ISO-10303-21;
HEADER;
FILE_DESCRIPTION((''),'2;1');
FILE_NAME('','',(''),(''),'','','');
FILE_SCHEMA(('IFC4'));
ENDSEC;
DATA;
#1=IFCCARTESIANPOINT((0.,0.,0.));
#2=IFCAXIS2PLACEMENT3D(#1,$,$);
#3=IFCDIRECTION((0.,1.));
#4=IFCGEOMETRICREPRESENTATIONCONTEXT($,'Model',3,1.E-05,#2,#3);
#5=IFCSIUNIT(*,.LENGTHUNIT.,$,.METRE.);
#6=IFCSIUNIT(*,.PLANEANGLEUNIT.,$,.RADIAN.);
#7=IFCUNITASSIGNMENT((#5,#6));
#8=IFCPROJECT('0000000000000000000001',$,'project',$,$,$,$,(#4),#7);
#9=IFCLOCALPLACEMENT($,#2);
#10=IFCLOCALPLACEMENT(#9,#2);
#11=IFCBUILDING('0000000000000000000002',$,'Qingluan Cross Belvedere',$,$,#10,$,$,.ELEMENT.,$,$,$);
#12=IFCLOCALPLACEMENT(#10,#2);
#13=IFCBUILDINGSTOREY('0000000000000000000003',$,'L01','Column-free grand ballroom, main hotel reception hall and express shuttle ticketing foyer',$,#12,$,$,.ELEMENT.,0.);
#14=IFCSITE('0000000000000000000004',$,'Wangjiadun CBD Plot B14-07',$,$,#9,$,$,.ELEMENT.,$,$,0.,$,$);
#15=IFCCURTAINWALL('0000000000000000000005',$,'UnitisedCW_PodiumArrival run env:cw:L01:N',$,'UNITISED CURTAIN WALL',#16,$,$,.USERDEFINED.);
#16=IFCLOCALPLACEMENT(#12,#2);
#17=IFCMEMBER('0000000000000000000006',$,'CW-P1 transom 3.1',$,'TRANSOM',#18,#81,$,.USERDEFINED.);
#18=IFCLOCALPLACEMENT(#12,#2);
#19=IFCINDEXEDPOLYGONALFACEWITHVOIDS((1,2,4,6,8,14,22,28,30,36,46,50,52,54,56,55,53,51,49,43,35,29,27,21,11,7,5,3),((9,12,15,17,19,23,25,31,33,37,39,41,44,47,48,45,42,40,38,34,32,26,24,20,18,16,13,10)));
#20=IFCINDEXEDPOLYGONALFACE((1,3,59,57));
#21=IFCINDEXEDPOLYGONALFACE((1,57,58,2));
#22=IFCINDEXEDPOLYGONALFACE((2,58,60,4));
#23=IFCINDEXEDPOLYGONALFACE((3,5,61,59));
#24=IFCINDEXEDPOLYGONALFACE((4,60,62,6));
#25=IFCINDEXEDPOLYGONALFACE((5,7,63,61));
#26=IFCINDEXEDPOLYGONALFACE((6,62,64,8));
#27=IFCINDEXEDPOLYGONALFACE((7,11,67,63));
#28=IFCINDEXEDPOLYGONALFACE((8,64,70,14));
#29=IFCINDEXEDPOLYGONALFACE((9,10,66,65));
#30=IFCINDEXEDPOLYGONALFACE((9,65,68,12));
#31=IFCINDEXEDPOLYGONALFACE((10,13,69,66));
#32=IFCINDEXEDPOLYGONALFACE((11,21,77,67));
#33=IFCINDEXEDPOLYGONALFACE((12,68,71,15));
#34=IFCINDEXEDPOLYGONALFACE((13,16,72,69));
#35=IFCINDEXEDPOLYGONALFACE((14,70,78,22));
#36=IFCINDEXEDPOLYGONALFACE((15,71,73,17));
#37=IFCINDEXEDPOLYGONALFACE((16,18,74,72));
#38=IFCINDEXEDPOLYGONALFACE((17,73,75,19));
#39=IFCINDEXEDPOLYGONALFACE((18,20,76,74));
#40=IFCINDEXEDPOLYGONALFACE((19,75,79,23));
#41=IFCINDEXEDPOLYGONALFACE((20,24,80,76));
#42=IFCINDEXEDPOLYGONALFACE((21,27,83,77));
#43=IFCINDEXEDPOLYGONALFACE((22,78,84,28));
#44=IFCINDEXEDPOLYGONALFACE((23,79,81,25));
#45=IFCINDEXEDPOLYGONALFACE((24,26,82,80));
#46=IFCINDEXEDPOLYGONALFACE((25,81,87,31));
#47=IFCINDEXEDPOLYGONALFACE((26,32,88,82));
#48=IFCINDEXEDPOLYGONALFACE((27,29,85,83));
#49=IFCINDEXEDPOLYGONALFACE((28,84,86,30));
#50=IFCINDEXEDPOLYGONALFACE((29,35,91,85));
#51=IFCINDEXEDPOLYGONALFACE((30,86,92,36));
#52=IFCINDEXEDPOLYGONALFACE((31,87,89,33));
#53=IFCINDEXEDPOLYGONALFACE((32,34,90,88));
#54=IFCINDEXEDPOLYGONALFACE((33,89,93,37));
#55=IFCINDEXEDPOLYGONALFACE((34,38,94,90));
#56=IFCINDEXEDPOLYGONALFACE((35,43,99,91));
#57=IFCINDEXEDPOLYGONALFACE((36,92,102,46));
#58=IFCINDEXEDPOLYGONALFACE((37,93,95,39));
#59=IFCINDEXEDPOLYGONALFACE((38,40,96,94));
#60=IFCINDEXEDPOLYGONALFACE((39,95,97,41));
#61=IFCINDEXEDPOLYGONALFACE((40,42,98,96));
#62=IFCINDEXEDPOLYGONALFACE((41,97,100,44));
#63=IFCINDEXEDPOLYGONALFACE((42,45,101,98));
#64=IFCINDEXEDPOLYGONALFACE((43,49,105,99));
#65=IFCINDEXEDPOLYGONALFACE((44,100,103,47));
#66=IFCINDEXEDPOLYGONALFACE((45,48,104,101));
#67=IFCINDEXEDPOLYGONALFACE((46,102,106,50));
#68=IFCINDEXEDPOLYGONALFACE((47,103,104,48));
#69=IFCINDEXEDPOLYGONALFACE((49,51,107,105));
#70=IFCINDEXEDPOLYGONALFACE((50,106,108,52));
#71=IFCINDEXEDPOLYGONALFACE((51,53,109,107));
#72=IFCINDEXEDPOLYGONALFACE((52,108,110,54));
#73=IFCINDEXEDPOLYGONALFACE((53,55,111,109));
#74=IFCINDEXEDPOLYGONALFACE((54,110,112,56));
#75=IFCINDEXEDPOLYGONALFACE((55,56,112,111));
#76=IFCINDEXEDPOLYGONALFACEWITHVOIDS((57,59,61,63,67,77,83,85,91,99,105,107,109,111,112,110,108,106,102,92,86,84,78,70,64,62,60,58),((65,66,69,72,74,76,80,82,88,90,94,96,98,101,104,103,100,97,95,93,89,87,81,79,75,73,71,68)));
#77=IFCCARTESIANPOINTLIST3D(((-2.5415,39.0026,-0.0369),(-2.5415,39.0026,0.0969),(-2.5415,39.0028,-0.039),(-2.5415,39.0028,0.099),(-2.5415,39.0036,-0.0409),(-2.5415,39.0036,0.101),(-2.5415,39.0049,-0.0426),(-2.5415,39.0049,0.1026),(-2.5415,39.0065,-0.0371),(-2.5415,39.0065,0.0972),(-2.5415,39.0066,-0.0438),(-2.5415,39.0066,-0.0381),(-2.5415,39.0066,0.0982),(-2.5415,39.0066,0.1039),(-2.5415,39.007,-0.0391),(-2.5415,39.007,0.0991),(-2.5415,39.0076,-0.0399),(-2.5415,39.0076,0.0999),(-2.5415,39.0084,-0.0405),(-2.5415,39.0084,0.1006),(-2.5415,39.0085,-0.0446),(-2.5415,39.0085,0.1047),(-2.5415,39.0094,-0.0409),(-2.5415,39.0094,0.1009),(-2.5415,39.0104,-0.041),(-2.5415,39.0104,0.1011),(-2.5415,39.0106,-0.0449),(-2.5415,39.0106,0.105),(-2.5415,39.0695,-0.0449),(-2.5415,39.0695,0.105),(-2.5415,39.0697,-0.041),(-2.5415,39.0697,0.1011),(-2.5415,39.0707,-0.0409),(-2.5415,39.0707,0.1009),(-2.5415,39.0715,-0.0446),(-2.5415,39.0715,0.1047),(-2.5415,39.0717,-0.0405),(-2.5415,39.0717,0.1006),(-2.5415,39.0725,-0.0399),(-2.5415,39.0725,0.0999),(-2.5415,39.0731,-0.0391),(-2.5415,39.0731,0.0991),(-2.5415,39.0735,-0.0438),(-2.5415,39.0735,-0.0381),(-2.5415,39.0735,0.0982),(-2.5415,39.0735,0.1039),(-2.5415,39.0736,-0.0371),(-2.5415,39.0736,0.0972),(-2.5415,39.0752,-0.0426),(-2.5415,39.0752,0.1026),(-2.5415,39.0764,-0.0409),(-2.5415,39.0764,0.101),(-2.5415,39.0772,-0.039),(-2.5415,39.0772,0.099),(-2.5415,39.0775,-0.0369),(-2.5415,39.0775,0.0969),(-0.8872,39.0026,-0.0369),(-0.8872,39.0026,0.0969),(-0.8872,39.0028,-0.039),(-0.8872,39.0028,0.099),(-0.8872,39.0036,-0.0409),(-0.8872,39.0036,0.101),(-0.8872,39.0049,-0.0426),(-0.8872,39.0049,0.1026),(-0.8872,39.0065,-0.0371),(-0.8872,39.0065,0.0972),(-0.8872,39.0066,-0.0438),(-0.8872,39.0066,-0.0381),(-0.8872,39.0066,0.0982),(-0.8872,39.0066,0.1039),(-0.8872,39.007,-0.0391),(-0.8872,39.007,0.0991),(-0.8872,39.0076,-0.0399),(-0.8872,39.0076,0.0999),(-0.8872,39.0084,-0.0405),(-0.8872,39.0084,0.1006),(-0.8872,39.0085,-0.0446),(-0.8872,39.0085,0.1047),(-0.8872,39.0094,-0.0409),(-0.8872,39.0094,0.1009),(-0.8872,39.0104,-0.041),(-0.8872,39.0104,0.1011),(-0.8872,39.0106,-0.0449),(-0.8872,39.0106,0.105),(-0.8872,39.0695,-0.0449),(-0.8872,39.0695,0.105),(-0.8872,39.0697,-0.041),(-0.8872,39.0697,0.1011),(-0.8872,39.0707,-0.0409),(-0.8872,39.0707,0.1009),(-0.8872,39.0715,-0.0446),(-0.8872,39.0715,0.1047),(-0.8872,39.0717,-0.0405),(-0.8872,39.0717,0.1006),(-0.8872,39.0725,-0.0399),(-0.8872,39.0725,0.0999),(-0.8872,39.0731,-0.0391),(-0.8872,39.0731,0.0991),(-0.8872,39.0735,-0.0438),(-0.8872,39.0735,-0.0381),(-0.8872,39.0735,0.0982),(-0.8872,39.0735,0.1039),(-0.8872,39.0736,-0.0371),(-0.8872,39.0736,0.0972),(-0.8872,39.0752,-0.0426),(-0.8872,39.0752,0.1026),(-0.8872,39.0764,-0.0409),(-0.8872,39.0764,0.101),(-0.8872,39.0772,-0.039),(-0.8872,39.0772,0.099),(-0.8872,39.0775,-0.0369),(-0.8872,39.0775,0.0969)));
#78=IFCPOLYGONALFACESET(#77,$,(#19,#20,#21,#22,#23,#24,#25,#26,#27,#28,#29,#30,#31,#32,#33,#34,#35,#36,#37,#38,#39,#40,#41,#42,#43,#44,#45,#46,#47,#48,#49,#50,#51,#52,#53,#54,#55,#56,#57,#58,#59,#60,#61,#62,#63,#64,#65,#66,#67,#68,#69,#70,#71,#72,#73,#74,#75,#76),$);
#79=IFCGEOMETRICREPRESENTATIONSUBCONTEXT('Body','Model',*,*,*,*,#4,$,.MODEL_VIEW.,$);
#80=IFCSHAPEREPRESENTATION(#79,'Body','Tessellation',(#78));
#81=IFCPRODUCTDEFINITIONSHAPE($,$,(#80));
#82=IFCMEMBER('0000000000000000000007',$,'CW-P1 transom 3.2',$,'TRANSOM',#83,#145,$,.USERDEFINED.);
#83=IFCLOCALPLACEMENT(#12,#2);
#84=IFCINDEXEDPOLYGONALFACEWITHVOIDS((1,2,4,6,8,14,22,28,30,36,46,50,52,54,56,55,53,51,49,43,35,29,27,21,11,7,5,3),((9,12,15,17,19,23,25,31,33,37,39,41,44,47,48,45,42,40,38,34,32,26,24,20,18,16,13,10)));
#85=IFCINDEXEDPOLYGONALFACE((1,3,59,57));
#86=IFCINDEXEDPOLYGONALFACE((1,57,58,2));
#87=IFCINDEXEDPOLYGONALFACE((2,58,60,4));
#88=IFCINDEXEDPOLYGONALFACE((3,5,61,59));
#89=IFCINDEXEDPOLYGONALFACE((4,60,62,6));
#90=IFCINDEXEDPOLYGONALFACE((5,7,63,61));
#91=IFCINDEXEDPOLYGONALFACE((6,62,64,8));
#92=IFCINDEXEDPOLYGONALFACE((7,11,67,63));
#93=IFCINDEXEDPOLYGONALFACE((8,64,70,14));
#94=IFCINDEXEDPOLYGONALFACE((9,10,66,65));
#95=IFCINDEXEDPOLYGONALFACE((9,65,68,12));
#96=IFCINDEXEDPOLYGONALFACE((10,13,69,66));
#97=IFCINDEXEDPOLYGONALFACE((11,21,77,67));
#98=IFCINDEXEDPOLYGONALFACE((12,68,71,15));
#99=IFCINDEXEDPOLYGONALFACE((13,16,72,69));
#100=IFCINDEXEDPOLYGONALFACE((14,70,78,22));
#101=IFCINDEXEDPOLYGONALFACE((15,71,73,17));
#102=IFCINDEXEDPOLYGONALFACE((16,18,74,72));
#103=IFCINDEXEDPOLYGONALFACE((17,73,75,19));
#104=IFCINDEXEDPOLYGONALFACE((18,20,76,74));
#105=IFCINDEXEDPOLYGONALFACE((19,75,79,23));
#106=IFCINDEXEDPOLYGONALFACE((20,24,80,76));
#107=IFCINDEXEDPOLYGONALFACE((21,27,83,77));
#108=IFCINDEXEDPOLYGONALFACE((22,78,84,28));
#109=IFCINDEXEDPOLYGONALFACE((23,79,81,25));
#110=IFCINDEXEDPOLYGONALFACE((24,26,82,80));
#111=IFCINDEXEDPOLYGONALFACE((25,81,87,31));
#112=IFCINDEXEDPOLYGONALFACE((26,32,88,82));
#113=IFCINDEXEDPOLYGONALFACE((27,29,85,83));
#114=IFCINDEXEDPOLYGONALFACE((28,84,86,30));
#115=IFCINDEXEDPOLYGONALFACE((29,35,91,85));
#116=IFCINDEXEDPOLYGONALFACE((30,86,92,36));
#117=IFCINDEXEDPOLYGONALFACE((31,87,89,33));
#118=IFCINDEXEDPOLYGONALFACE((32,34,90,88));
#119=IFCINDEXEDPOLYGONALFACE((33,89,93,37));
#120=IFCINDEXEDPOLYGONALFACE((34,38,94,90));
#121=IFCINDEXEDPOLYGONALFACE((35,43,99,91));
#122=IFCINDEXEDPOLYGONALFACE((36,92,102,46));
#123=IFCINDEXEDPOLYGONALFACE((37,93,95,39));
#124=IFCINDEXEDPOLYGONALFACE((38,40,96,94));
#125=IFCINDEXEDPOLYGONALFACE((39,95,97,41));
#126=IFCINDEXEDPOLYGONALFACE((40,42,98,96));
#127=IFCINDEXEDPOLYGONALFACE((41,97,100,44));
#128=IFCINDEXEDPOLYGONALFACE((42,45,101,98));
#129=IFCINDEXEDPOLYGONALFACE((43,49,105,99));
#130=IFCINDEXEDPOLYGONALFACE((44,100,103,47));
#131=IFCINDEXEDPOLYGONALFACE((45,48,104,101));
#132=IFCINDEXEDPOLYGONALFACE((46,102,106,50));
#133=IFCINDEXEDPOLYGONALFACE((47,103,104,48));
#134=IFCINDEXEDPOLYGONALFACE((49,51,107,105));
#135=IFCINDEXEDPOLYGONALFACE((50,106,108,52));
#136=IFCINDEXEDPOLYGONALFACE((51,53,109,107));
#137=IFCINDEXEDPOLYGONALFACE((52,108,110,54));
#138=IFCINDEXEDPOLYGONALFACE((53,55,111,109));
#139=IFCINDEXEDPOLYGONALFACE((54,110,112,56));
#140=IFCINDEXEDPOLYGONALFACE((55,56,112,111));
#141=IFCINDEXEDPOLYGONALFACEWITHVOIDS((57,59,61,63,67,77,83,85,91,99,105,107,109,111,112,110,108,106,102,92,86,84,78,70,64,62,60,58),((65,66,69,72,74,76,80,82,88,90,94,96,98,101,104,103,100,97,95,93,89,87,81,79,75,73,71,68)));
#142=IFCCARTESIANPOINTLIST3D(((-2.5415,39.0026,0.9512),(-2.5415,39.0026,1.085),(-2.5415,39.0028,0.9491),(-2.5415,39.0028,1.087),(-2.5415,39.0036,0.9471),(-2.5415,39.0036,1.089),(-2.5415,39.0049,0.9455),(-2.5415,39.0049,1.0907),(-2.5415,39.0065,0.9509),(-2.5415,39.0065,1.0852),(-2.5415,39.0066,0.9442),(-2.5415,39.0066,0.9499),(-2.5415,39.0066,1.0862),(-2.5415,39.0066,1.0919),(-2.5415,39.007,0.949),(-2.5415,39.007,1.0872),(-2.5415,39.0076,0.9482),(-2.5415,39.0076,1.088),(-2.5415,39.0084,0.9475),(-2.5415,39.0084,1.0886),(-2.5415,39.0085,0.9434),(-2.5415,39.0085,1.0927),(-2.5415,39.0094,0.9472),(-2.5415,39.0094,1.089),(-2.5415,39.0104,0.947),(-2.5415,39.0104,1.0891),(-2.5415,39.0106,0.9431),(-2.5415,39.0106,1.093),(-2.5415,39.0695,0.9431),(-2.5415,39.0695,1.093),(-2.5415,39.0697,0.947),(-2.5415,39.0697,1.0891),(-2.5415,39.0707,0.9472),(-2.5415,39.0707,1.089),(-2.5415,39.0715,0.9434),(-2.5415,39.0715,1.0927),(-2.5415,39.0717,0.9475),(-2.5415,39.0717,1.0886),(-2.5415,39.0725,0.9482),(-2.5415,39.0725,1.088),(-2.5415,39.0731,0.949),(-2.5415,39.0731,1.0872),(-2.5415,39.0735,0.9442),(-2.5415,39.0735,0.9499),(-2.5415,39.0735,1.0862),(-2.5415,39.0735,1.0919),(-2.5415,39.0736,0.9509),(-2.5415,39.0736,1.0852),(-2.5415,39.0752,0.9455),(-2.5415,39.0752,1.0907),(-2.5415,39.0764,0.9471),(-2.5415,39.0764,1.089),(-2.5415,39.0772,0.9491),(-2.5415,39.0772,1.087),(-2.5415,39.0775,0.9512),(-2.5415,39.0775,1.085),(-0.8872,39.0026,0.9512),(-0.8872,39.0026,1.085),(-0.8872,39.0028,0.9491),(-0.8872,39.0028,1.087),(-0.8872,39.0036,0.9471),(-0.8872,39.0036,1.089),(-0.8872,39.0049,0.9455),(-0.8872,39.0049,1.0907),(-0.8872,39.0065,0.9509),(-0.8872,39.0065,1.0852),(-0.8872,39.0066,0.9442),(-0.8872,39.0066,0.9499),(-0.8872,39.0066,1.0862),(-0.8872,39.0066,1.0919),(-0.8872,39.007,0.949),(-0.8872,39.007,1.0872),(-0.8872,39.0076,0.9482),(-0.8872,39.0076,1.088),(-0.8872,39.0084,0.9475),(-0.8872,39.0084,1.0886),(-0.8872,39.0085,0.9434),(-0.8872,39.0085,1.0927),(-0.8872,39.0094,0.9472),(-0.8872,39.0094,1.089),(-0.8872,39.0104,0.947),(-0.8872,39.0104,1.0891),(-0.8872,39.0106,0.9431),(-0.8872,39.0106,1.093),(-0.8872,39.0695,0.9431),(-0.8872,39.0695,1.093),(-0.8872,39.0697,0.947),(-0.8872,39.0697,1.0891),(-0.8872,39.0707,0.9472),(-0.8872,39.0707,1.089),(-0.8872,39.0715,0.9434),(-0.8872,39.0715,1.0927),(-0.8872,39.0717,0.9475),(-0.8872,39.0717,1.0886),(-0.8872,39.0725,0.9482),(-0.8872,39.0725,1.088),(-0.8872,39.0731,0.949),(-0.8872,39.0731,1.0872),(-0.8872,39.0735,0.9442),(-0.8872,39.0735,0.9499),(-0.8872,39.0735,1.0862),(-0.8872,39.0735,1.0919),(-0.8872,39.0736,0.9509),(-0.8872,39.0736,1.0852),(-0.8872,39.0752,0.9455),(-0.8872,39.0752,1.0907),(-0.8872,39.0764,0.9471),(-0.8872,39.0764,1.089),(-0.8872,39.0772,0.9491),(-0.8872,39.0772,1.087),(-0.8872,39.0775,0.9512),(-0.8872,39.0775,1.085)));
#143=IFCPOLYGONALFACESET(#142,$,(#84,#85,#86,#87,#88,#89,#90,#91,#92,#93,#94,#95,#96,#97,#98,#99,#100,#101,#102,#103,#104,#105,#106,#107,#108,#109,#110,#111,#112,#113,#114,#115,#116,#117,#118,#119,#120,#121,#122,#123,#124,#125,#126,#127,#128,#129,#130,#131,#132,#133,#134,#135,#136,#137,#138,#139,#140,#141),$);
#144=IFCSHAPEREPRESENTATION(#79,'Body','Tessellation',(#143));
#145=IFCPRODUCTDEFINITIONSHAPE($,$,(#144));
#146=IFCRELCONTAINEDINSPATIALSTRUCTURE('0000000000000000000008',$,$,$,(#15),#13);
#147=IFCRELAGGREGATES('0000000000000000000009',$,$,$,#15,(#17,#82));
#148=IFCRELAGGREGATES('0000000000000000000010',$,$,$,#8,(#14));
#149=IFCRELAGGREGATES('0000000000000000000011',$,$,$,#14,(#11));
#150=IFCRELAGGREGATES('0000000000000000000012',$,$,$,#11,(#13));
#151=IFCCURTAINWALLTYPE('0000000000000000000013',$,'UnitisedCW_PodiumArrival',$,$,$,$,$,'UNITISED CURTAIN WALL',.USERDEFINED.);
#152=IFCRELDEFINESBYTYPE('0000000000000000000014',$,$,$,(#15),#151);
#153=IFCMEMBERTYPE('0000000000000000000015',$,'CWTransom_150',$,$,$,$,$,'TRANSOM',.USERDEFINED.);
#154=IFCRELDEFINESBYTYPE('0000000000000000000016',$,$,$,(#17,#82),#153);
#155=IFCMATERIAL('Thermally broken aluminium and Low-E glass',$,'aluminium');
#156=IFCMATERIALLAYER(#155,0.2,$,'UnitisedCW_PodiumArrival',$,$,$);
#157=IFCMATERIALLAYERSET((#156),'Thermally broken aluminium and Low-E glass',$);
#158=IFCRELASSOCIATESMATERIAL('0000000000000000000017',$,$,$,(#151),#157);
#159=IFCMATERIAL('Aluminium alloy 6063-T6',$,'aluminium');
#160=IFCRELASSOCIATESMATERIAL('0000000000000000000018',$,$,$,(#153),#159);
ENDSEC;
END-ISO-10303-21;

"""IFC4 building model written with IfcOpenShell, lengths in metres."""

from ifc_helpers import new_model, si_unit, direction, frame, origin, origin_2d, place, context, subcontext, project, spatial, hollow_rectangle, extrude, material, layer, layer_set, material_profile, profile_set, type_object, element, aggregate, save


model = new_model("IFC4")

# Units and contexts
model_context = context("Model", 3, precision=1e-05, world=origin(), true_north=direction((0.0, 1.0)))
body_context = subcontext(model_context, "Body", "Model", "MODEL_VIEW")
ifc_project = project(units=[si_unit("LENGTHUNIT", "METRE"), si_unit("PLANEANGLEUNIT", "RADIAN")], contexts=[model_context])

# Site, building, storey
site_placement = place(None, origin())
site = spatial("IfcSite", under=ifc_project, at=site_placement, Name="Wangjiadun CBD Plot B14-07", CompositionType="ELEMENT", RefElevation=0.0)
building_placement = place(site_placement, origin())
building = spatial("IfcBuilding", under=site, at=building_placement, Name="Qingluan Cross Belvedere", CompositionType="ELEMENT")
storey_placement = place(building_placement, origin())
storey = spatial("IfcBuildingStorey", under=building, at=storey_placement, Name="L01", Description="Column-free grand ballroom, main hotel reception hall and express shuttle ticketing foyer", CompositionType="ELEMENT", Elevation=0.0)

# Curtain wall, members
ifc_material_1 = material(Name="Thermally broken aluminium and Low-E glass", Category="aluminium")
ifc_layer_1 = layer(ifc_material_1, 0.2, Name="UnitisedCW_PodiumArrival")
ifc_layer_set_1 = layer_set([ifc_layer_1], Name="Thermally broken aluminium and Low-E glass")
curtain_wall_type = type_object("IfcCurtainWallType", Name="UnitisedCW_PodiumArrival", ElementType="UNITISED CURTAIN WALL", PredefinedType="USERDEFINED", material=ifc_layer_set_1)
curtain_wall_placement = place(storey_placement, origin())
curtain_wall = element("IfcCurtainWall", 1, at=curtain_wall_placement, inside=storey, type_object=curtain_wall_type, Name="UnitisedCW_PodiumArrival run env:cw:L01:N", ObjectType="UNITISED CURTAIN WALL", PredefinedType="USERDEFINED")
ifc_material_2 = material(Name="Aluminium alloy 6063-T6", Category="aluminium")
ifc_material_profile_1 = material_profile(ifc_material_2, hollow_rectangle(XDim=0.075, YDim=0.1499, WallThickness=0.0039, InnerFilletRadius=0.0039, OuterFilletRadius=0.0081, at=origin_2d()), Name="CWT150x75x4")
ifc_profile_set_1 = profile_set([ifc_material_profile_1], Name="Aluminium alloy 6063-T6")
member_type_1 = type_object("IfcMemberType", Name="CWTransom_150", ElementType="TRANSOM", PredefinedType="USERDEFINED", material=ifc_profile_set_1)
member_1_placement = place(storey_placement, frame((-2.5415, 39.04, 0.03), z_axis=(1.0, 0.0, 0.0), x_axis=(0.0, 1.0, 0.0)))
member_1 = element("IfcMember", 2, at=member_1_placement, type_object=member_type_1, Name="CW-P1 transom 3.1", ObjectType="TRANSOM", PredefinedType="USERDEFINED", context=body_context, shape_type="SweptSolid", body=[
    extrude(hollow_rectangle(XDim=0.075, YDim=0.1499, WallThickness=0.0039, InnerFilletRadius=0.0039, OuterFilletRadius=0.0081, at=origin_2d()), origin(), (0.0, 0.0, 1.0), 1.6543),
])
member_2_placement = place(storey_placement, frame((-2.5415, 39.04, 1.0181), z_axis=(1.0, 0.0, 0.0), x_axis=(0.0, 1.0, 0.0)))
member_2 = element("IfcMember", 3, at=member_2_placement, type_object=member_type_1, Name="CW-P1 transom 3.2", ObjectType="TRANSOM", PredefinedType="USERDEFINED", context=body_context, shape_type="SweptSolid", body=[
    extrude(hollow_rectangle(XDim=0.075, YDim=0.1499, WallThickness=0.0039, InnerFilletRadius=0.0039, OuterFilletRadius=0.0081, at=origin_2d()), origin(), (0.0, 0.0, 1.0), 1.6543),
])

aggregate(curtain_wall, [member_1, member_2])

save(model, "model.ifc")
